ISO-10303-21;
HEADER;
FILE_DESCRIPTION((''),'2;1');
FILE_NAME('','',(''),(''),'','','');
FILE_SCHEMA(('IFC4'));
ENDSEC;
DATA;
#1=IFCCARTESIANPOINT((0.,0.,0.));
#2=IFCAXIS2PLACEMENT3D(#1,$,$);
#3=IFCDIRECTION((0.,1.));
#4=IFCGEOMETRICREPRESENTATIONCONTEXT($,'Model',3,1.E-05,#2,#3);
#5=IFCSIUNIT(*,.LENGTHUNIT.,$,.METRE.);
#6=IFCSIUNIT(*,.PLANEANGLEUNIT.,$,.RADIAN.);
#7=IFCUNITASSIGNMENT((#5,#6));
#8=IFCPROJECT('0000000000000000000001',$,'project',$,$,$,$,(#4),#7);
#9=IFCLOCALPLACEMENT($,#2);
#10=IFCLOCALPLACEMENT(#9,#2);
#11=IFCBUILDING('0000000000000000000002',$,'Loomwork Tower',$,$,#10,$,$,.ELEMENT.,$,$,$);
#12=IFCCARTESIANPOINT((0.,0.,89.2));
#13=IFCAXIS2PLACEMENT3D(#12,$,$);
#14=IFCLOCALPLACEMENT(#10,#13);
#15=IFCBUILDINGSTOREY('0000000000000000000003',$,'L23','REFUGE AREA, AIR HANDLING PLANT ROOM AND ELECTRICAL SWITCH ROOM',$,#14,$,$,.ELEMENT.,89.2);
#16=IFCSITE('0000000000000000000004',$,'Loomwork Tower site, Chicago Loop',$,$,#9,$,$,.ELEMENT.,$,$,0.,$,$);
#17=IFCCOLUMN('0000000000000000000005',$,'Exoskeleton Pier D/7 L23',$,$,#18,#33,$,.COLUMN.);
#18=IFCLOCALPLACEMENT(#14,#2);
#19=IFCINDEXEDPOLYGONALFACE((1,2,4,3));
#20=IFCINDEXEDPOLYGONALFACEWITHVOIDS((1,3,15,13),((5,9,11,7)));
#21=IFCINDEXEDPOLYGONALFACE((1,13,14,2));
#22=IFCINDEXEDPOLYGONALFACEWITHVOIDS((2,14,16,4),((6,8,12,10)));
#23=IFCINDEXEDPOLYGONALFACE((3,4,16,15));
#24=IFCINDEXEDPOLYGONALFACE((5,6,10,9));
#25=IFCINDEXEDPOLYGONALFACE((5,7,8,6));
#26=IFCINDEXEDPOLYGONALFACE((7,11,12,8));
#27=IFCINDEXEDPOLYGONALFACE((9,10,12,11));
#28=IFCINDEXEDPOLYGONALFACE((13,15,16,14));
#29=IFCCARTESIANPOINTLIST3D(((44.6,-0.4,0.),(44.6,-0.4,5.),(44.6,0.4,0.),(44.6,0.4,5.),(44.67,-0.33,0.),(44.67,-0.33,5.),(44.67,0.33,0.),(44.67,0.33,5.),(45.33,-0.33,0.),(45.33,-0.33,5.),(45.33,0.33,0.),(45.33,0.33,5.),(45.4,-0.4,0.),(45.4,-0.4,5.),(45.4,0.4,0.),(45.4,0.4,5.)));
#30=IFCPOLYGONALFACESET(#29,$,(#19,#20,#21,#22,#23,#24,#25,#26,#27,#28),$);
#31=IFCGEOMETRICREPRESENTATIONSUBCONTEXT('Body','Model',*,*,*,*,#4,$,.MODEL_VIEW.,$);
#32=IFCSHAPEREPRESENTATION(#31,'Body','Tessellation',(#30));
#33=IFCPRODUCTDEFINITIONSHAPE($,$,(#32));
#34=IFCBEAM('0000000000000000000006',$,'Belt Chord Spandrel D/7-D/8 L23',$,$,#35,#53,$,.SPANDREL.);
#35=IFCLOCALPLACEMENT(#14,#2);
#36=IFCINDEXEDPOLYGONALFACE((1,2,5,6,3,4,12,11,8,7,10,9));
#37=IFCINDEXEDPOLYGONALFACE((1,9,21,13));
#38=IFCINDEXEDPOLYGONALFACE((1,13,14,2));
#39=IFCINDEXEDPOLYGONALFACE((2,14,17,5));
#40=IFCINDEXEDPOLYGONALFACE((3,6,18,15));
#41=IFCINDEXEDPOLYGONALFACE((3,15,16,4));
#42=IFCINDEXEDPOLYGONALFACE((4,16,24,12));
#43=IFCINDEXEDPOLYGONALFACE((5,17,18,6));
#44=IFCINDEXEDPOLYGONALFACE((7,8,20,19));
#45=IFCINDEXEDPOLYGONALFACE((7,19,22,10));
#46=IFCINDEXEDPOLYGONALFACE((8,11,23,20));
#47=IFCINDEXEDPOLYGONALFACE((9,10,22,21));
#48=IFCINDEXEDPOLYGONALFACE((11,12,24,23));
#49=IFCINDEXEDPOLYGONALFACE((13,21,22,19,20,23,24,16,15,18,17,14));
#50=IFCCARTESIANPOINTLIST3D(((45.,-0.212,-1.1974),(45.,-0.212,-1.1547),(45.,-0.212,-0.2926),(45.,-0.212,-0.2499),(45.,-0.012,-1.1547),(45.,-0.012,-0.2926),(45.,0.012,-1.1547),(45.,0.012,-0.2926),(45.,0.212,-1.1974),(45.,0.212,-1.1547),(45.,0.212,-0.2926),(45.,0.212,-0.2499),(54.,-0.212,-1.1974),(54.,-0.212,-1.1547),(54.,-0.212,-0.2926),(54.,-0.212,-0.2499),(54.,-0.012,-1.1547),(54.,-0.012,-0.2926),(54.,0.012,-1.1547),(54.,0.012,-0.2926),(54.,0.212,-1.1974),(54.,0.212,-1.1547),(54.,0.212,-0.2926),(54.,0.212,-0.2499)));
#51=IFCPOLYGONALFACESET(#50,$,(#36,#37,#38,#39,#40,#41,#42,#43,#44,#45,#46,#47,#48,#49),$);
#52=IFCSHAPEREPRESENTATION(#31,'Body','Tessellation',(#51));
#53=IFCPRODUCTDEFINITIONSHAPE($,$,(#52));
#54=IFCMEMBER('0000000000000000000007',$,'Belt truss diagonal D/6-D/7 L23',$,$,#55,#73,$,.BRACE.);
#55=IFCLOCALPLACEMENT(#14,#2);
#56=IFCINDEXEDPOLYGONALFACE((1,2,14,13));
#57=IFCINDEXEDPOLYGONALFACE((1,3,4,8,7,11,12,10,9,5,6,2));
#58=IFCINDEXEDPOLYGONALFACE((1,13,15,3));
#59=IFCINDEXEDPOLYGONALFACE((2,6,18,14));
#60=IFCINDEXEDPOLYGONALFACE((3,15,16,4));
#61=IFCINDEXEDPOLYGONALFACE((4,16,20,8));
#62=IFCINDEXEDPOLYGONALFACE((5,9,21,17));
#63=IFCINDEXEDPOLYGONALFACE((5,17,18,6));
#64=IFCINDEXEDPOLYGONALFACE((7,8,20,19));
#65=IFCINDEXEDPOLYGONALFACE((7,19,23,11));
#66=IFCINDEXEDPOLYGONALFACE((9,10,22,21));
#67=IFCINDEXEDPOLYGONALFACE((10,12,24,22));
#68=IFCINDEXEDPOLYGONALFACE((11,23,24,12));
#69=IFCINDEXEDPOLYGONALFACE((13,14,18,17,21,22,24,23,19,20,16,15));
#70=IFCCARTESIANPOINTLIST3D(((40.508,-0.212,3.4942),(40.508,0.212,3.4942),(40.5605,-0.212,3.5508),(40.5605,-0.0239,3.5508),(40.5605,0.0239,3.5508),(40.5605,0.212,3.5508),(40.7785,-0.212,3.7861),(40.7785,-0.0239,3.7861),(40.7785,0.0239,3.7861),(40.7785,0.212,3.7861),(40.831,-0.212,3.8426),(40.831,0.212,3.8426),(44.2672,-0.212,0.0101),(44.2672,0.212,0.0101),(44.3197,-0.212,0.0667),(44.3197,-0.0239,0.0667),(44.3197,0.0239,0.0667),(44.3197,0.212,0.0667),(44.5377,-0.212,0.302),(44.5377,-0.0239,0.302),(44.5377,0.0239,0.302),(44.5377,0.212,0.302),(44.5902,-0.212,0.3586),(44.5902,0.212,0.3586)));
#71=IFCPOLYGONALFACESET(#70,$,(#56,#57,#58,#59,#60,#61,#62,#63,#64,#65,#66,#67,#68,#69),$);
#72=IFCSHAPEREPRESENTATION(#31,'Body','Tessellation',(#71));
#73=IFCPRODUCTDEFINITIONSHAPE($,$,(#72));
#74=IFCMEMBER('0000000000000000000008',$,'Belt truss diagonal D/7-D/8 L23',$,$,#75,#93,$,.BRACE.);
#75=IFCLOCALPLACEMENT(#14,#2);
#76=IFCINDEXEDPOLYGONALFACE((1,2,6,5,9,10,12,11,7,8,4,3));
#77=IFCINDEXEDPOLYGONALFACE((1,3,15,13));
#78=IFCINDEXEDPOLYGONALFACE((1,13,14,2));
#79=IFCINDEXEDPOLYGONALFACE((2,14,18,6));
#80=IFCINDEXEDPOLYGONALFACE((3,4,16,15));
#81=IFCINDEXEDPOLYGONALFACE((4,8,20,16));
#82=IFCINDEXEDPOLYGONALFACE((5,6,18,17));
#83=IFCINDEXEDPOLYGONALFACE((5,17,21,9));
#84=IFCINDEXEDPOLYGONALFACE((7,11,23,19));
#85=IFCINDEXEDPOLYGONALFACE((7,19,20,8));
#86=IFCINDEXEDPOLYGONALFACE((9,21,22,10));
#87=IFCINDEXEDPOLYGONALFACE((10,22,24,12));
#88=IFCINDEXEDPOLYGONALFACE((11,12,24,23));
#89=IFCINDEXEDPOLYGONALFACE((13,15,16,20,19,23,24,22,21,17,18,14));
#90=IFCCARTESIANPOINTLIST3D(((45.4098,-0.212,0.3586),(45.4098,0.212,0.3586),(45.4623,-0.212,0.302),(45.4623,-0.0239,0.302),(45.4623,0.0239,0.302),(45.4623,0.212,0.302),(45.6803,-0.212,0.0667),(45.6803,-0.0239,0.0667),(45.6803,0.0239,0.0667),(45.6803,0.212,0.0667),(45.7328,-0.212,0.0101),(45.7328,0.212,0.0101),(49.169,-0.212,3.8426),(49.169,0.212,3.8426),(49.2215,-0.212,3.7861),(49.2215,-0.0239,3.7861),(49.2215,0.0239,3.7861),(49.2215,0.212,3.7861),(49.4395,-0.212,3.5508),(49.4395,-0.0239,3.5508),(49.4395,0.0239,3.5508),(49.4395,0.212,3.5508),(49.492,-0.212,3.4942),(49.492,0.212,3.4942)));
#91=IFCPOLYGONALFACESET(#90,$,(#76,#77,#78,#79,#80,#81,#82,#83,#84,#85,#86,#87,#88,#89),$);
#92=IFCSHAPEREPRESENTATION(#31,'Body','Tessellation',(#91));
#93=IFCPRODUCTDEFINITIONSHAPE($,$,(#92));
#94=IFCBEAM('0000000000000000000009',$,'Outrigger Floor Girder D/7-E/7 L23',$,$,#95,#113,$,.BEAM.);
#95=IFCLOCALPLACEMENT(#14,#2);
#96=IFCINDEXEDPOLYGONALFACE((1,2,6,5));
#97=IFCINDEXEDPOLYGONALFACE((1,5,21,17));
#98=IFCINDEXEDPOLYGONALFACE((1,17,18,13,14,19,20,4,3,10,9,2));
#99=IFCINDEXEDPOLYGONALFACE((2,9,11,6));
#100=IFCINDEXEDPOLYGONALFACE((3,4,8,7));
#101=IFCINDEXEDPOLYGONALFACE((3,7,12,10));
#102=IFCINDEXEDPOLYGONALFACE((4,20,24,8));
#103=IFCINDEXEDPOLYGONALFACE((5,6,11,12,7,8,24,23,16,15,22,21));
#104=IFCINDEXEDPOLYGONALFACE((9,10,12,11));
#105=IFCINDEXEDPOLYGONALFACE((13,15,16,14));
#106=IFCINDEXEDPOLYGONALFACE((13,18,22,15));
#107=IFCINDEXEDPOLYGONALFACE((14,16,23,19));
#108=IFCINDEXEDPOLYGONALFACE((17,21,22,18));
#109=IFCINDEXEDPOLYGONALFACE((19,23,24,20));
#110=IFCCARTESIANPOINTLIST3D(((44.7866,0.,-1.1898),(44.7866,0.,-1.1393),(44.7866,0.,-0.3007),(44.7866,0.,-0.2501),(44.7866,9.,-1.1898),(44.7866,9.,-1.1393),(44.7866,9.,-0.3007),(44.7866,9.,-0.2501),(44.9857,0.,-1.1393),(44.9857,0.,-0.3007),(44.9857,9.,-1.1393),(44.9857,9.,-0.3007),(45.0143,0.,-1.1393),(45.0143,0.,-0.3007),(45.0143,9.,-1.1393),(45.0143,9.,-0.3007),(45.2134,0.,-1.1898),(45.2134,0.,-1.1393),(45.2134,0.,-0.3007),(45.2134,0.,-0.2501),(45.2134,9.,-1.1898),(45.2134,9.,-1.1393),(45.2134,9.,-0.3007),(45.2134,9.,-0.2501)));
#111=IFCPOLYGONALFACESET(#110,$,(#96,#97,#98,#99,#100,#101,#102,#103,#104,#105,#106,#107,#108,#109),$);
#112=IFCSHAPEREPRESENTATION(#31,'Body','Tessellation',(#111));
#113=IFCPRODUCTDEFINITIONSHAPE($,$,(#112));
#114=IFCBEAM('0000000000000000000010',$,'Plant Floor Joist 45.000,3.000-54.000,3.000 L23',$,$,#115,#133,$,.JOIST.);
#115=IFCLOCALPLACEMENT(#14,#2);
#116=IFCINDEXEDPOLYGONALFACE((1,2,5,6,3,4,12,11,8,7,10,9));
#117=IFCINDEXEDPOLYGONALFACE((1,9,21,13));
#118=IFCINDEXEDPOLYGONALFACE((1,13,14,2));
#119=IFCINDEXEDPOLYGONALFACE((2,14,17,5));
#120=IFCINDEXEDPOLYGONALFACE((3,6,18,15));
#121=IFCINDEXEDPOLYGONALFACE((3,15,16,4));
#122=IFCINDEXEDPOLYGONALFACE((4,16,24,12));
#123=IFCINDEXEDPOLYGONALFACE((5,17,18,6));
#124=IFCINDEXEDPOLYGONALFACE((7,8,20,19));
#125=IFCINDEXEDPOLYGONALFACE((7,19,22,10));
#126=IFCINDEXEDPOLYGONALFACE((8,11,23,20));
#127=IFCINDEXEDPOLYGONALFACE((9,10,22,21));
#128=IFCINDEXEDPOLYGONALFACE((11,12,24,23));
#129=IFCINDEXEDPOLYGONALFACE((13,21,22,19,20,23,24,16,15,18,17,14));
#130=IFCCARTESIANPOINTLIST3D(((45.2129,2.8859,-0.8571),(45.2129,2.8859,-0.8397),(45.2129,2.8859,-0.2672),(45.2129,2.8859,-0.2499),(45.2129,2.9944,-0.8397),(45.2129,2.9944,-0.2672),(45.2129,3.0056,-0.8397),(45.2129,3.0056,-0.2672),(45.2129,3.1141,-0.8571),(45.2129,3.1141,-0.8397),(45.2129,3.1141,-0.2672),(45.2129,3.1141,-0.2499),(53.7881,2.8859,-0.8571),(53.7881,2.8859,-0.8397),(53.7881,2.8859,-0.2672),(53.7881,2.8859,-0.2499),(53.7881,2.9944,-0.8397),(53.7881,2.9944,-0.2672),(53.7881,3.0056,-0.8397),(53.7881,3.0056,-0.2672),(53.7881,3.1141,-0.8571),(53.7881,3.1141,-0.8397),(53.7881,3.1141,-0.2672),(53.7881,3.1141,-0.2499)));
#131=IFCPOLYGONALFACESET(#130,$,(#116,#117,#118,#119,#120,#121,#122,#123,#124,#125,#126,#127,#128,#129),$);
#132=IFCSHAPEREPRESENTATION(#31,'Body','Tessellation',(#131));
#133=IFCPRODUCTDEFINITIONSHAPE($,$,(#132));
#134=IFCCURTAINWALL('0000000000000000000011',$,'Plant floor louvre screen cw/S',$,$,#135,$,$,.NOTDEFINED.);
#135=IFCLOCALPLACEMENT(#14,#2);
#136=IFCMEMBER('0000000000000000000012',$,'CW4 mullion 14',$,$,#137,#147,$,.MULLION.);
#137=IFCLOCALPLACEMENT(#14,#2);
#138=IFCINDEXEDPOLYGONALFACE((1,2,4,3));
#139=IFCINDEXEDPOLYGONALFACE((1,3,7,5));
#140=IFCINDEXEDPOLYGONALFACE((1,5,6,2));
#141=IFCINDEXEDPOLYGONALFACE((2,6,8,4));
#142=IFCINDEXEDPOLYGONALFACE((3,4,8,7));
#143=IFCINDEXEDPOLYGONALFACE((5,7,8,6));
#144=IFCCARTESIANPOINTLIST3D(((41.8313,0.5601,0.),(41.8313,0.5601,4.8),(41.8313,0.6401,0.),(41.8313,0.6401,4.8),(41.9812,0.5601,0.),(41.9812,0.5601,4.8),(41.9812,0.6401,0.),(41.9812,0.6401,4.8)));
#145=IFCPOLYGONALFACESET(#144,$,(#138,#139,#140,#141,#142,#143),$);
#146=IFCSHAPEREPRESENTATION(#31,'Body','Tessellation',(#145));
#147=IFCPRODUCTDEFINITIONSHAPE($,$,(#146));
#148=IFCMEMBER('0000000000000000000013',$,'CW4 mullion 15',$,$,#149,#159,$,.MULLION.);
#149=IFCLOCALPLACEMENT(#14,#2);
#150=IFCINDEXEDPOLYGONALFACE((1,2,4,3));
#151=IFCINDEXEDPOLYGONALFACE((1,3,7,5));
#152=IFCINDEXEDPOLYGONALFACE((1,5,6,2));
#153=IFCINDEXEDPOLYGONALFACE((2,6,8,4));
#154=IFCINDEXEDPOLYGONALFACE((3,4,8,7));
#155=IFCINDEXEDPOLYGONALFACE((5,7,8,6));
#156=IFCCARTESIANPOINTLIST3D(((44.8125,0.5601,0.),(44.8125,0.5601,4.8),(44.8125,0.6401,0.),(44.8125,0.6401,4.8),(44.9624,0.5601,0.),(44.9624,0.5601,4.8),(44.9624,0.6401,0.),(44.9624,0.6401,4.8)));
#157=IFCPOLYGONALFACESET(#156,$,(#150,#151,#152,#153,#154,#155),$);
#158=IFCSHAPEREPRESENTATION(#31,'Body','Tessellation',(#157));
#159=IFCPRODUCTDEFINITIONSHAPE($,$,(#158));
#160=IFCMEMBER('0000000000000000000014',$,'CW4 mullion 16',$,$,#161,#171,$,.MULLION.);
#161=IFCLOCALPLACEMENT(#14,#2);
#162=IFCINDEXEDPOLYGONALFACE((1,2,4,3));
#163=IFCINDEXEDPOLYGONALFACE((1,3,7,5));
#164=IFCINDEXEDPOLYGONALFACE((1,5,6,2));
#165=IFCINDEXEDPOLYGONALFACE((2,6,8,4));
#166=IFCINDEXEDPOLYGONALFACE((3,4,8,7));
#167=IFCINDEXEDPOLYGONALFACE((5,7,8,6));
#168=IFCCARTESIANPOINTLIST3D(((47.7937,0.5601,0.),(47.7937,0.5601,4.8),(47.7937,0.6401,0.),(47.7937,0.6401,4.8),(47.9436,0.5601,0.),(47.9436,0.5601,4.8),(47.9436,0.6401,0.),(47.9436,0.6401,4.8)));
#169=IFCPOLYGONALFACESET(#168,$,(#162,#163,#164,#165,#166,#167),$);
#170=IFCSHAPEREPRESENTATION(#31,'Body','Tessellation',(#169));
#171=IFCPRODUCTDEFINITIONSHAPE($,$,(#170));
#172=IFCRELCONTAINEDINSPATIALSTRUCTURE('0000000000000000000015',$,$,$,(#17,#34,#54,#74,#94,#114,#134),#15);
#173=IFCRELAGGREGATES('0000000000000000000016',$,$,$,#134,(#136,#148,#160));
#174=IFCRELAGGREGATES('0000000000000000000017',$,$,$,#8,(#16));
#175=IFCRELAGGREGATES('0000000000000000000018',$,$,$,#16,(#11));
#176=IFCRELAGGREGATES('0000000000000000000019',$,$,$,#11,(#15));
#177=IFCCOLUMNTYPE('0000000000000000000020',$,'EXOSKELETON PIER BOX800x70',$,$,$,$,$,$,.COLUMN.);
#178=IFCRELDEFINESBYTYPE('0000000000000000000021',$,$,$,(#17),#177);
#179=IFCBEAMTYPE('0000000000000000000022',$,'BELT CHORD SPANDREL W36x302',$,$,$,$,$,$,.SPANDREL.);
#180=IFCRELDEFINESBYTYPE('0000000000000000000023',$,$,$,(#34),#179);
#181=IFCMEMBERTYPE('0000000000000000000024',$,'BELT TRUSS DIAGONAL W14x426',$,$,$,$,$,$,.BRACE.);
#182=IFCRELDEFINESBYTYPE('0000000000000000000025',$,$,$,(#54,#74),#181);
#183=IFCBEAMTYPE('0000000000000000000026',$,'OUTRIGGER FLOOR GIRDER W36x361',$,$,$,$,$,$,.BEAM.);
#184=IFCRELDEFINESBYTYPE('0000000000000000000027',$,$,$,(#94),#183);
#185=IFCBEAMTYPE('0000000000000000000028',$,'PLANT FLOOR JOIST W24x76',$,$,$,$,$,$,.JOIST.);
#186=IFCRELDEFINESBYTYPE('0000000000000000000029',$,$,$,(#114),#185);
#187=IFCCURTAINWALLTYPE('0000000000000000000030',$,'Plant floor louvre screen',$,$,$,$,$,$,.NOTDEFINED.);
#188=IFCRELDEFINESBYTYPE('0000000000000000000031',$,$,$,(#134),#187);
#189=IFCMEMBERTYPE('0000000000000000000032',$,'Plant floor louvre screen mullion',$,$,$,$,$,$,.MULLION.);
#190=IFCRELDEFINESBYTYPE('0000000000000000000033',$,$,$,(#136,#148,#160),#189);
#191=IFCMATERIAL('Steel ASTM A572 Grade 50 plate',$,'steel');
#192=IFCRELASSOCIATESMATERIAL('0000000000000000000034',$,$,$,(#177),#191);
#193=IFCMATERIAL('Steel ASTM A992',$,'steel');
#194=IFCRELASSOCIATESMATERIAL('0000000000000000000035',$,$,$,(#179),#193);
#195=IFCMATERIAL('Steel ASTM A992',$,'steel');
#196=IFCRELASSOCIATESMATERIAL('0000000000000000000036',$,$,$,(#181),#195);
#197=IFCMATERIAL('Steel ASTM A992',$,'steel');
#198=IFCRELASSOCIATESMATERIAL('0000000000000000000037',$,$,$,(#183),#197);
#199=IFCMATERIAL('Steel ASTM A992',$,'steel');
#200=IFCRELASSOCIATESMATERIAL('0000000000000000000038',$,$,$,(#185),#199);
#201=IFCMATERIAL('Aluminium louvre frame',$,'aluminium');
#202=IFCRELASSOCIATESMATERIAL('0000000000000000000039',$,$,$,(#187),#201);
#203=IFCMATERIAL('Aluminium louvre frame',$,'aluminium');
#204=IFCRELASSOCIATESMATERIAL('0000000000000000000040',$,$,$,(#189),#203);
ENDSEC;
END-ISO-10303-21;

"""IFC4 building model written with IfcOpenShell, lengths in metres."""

from ifc_helpers import new_model, si_unit, direction, frame, origin, origin_2d, place, context, subcontext, project, spatial, rectangle, hollow_rectangle, i_section, extrude, material, material_profile, profile_set, type_object, element, aggregate, save


model = new_model("IFC4")

# Units and contexts
model_context = context("Model", 3, precision=1e-05, world=origin(), true_north=direction((0.0, 1.0)))
body_context = subcontext(model_context, "Body", "Model", "MODEL_VIEW")
ifc_project = project(units=[si_unit("LENGTHUNIT", "METRE"), si_unit("PLANEANGLEUNIT", "RADIAN")], contexts=[model_context])

# Site, building, storey
site_placement = place(None, origin())
site = spatial("IfcSite", under=ifc_project, at=site_placement, Name="Loomwork Tower site, Chicago Loop", CompositionType="ELEMENT", RefElevation=0.0)
building_placement = place(site_placement, origin())
building = spatial("IfcBuilding", under=site, at=building_placement, Name="Loomwork Tower", CompositionType="ELEMENT")
storey_placement = place(building_placement, frame((0.0, 0.0, 89.2)))
storey = spatial("IfcBuildingStorey", under=building, at=storey_placement, Name="L23", Description="REFUGE AREA, AIR HANDLING PLANT ROOM AND ELECTRICAL SWITCH ROOM", CompositionType="ELEMENT", Elevation=89.2)

# Column
ifc_material_1 = material(Name="Steel ASTM A572 Grade 50 plate", Category="steel")
ifc_material_profile_1 = material_profile(ifc_material_1, hollow_rectangle(XDim=0.8, YDim=0.8, WallThickness=0.0701, at=origin_2d()), Name="BOX800x70")
ifc_profile_set_1 = profile_set([ifc_material_profile_1], Name="Steel ASTM A572 Grade 50 plate")
column_type = type_object("IfcColumnType", Name="EXOSKELETON PIER BOX800x70", PredefinedType="COLUMN", material=ifc_profile_set_1)
column_placement = place(storey_placement, frame((45.0, 0.0, 0.0), z_axis=(0.0, 0.0, 1.0), x_axis=(1.0, 0.0, 0.0)))
element("IfcColumn", 1, at=column_placement, inside=storey, type_object=column_type, Name="Exoskeleton Pier D/7 L23", PredefinedType="COLUMN", context=body_context, shape_type="SweptSolid", body=[
    extrude(hollow_rectangle(XDim=0.8, YDim=0.8, WallThickness=0.0701, at=origin_2d()), origin(), (0.0, 0.0, 1.0), 5.0),
])

# Beam
ifc_material_2 = material(Name="Steel ASTM A992", Category="steel")
ifc_material_profile_2 = material_profile(ifc_material_2, i_section(OverallWidth=0.4241, OverallDepth=0.9475, WebThickness=0.0239, FlangeThickness=0.0427, at=origin_2d()), Name="W36x302")
ifc_profile_set_2 = profile_set([ifc_material_profile_2], Name="Steel ASTM A992")
beam_type_1 = type_object("IfcBeamType", Name="BELT CHORD SPANDREL W36x302", PredefinedType="SPANDREL", material=ifc_profile_set_2)
beam_1_placement = place(storey_placement, frame((45.0, 0.0, -0.7236), z_axis=(1.0, 0.0, 0.0), x_axis=(0.0, 1.0, 0.0)))
element("IfcBeam", 2, at=beam_1_placement, inside=storey, type_object=beam_type_1, Name="Belt Chord Spandrel D/7-D/8 L23", PredefinedType="SPANDREL", context=body_context, shape_type="SweptSolid", body=[
    extrude(i_section(OverallWidth=0.4241, OverallDepth=0.9475, WebThickness=0.0239, FlangeThickness=0.0427, at=origin_2d()), origin(), (0.0, 0.0, 1.0), 9.0),
])

# Members
ifc_material_3 = material(Name="Steel ASTM A992", Category="steel")
ifc_material_profile_3 = material_profile(ifc_material_3, i_section(OverallWidth=0.4241, OverallDepth=0.4751, WebThickness=0.0479, FlangeThickness=0.0771, at=origin_2d()), Name="W14x426")
ifc_profile_set_3 = profile_set([ifc_material_profile_3], Name="Steel ASTM A992")
member_type_1 = type_object("IfcMemberType", Name="BELT TRUSS DIAGONAL W14x426", PredefinedType="BRACE", material=ifc_profile_set_3)
for number, where, z_axis, x_axis, name in (
    (3, (44.4287, 0.0, 0.1843), (-0.733438, 0.0, 0.679757), (0.0, -1.0, 0.0), "Belt truss diagonal D/6-D/7 L23"),
    (4, (45.5713, 0.0, 0.1843), (0.733438, 0.0, 0.679757), (0.0, 1.0, 0.0), "Belt truss diagonal D/7-D/8 L23"),
):
    element("IfcMember", number, at=place(storey_placement, frame(where, z_axis=z_axis, x_axis=x_axis)), inside=storey, type_object=member_type_1, Name=name, PredefinedType="BRACE", context=body_context, shape_type="SweptSolid", body=[
        extrude(i_section(OverallWidth=0.4241, OverallDepth=0.4751, WebThickness=0.0479, FlangeThickness=0.0771, at=origin_2d()), origin(), (0.0, 0.0, 1.0), 5.1255),
    ])

# Beams
ifc_material_4 = material(Name="Steel ASTM A992", Category="steel")
ifc_material_profile_4 = material_profile(ifc_material_4, i_section(OverallWidth=0.4268, OverallDepth=0.9397, WebThickness=0.0286, FlangeThickness=0.0505, at=origin_2d()), Name="W36x361")
ifc_profile_set_4 = profile_set([ifc_material_profile_4], Name="Steel ASTM A992")
beam_type_2 = type_object("IfcBeamType", Name="OUTRIGGER FLOOR GIRDER W36x361", PredefinedType="BEAM", material=ifc_profile_set_4)
beam_2_placement = place(storey_placement, frame((45.0, 0.0, -0.72), z_axis=(0.0, 1.0, 0.0), x_axis=(-1.0, 0.0, 0.0)))
element("IfcBeam", 5, at=beam_2_placement, inside=storey, type_object=beam_type_2, Name="Outrigger Floor Girder D/7-E/7 L23", PredefinedType="BEAM", context=body_context, shape_type="SweptSolid", body=[
    extrude(i_section(OverallWidth=0.4268, OverallDepth=0.9397, WebThickness=0.0286, FlangeThickness=0.0505, at=origin_2d()), origin(), (0.0, 0.0, 1.0), 9.0),
])
ifc_material_5 = material(Name="Steel ASTM A992", Category="steel")
ifc_material_profile_5 = material_profile(ifc_material_5, i_section(OverallWidth=0.2283, OverallDepth=0.6072, WebThickness=0.0112, FlangeThickness=0.0173, at=origin_2d()), Name="W24x76")
ifc_profile_set_5 = profile_set([ifc_material_profile_5], Name="Steel ASTM A992")
beam_type_3 = type_object("IfcBeamType", Name="PLANT FLOOR JOIST W24x76", PredefinedType="JOIST", material=ifc_profile_set_5)
beam_3_placement = place(storey_placement, frame((45.2129, 3.0, -0.5535), z_axis=(1.0, 0.0, 0.0), x_axis=(0.0, 1.0, 0.0)))
element("IfcBeam", 6, at=beam_3_placement, inside=storey, type_object=beam_type_3, Name="Plant Floor Joist 45.000,3.000-54.000,3.000 L23", PredefinedType="JOIST", context=body_context, shape_type="SweptSolid", body=[
    extrude(i_section(OverallWidth=0.2283, OverallDepth=0.6072, WebThickness=0.0112, FlangeThickness=0.0173, at=origin_2d()), origin(), (0.0, 0.0, 1.0), 8.5752),
])

# Curtain wall, members
ifc_material_6 = material(Name="Aluminium louvre frame", Category="aluminium")
curtain_wall_type = type_object("IfcCurtainWallType", Name="Plant floor louvre screen", PredefinedType="NOTDEFINED", material=ifc_material_6)
curtain_wall_placement = place(storey_placement, origin())
curtain_wall = element("IfcCurtainWall", 7, at=curtain_wall_placement, inside=storey, type_object=curtain_wall_type, Name="Plant floor louvre screen cw/S", PredefinedType="NOTDEFINED")
ifc_material_7 = material(Name="Aluminium louvre frame", Category="aluminium")
ifc_material_profile_6 = material_profile(ifc_material_7, rectangle(XDim=0.0801, YDim=0.1499, at=origin_2d()), Name="AL 80x150")
ifc_profile_set_6 = profile_set([ifc_material_profile_6], Name="Aluminium louvre frame")
member_type_2 = type_object("IfcMemberType", Name="Plant floor louvre screen mullion", PredefinedType="MULLION", material=ifc_profile_set_6)
member_1_placement = place(storey_placement, frame((41.9062, 0.6001, 0.0), z_axis=(0.0, 0.0, 1.0), x_axis=(0.0, 1.0, 0.0)))
member_1 = element("IfcMember", 8, at=member_1_placement, type_object=member_type_2, Name="CW4 mullion 14", PredefinedType="MULLION", context=body_context, shape_type="SweptSolid", body=[
    extrude(rectangle(XDim=0.0801, YDim=0.1499, at=origin_2d()), origin(), (0.0, 0.0, 1.0), 4.8),
])
member_2_placement = place(storey_placement, frame((44.8875, 0.6001, 0.0), z_axis=(0.0, 0.0, 1.0), x_axis=(0.0, 1.0, 0.0)))
member_2 = element("IfcMember", 9, at=member_2_placement, type_object=member_type_2, Name="CW4 mullion 15", PredefinedType="MULLION", context=body_context, shape_type="SweptSolid", body=[
    extrude(rectangle(XDim=0.0801, YDim=0.1499, at=origin_2d()), origin(), (0.0, 0.0, 1.0), 4.8),
])
member_3_placement = place(storey_placement, frame((47.8687, 0.6001, 0.0), z_axis=(0.0, 0.0, 1.0), x_axis=(0.0, 1.0, 0.0)))
member_3 = element("IfcMember", 10, at=member_3_placement, type_object=member_type_2, Name="CW4 mullion 16", PredefinedType="MULLION", context=body_context, shape_type="SweptSolid", body=[
    extrude(rectangle(XDim=0.0801, YDim=0.1499, at=origin_2d()), origin(), (0.0, 0.0, 1.0), 4.8),
])
aggregate(curtain_wall, [member_1, member_2, member_3])

save(model, "model.ifc")
